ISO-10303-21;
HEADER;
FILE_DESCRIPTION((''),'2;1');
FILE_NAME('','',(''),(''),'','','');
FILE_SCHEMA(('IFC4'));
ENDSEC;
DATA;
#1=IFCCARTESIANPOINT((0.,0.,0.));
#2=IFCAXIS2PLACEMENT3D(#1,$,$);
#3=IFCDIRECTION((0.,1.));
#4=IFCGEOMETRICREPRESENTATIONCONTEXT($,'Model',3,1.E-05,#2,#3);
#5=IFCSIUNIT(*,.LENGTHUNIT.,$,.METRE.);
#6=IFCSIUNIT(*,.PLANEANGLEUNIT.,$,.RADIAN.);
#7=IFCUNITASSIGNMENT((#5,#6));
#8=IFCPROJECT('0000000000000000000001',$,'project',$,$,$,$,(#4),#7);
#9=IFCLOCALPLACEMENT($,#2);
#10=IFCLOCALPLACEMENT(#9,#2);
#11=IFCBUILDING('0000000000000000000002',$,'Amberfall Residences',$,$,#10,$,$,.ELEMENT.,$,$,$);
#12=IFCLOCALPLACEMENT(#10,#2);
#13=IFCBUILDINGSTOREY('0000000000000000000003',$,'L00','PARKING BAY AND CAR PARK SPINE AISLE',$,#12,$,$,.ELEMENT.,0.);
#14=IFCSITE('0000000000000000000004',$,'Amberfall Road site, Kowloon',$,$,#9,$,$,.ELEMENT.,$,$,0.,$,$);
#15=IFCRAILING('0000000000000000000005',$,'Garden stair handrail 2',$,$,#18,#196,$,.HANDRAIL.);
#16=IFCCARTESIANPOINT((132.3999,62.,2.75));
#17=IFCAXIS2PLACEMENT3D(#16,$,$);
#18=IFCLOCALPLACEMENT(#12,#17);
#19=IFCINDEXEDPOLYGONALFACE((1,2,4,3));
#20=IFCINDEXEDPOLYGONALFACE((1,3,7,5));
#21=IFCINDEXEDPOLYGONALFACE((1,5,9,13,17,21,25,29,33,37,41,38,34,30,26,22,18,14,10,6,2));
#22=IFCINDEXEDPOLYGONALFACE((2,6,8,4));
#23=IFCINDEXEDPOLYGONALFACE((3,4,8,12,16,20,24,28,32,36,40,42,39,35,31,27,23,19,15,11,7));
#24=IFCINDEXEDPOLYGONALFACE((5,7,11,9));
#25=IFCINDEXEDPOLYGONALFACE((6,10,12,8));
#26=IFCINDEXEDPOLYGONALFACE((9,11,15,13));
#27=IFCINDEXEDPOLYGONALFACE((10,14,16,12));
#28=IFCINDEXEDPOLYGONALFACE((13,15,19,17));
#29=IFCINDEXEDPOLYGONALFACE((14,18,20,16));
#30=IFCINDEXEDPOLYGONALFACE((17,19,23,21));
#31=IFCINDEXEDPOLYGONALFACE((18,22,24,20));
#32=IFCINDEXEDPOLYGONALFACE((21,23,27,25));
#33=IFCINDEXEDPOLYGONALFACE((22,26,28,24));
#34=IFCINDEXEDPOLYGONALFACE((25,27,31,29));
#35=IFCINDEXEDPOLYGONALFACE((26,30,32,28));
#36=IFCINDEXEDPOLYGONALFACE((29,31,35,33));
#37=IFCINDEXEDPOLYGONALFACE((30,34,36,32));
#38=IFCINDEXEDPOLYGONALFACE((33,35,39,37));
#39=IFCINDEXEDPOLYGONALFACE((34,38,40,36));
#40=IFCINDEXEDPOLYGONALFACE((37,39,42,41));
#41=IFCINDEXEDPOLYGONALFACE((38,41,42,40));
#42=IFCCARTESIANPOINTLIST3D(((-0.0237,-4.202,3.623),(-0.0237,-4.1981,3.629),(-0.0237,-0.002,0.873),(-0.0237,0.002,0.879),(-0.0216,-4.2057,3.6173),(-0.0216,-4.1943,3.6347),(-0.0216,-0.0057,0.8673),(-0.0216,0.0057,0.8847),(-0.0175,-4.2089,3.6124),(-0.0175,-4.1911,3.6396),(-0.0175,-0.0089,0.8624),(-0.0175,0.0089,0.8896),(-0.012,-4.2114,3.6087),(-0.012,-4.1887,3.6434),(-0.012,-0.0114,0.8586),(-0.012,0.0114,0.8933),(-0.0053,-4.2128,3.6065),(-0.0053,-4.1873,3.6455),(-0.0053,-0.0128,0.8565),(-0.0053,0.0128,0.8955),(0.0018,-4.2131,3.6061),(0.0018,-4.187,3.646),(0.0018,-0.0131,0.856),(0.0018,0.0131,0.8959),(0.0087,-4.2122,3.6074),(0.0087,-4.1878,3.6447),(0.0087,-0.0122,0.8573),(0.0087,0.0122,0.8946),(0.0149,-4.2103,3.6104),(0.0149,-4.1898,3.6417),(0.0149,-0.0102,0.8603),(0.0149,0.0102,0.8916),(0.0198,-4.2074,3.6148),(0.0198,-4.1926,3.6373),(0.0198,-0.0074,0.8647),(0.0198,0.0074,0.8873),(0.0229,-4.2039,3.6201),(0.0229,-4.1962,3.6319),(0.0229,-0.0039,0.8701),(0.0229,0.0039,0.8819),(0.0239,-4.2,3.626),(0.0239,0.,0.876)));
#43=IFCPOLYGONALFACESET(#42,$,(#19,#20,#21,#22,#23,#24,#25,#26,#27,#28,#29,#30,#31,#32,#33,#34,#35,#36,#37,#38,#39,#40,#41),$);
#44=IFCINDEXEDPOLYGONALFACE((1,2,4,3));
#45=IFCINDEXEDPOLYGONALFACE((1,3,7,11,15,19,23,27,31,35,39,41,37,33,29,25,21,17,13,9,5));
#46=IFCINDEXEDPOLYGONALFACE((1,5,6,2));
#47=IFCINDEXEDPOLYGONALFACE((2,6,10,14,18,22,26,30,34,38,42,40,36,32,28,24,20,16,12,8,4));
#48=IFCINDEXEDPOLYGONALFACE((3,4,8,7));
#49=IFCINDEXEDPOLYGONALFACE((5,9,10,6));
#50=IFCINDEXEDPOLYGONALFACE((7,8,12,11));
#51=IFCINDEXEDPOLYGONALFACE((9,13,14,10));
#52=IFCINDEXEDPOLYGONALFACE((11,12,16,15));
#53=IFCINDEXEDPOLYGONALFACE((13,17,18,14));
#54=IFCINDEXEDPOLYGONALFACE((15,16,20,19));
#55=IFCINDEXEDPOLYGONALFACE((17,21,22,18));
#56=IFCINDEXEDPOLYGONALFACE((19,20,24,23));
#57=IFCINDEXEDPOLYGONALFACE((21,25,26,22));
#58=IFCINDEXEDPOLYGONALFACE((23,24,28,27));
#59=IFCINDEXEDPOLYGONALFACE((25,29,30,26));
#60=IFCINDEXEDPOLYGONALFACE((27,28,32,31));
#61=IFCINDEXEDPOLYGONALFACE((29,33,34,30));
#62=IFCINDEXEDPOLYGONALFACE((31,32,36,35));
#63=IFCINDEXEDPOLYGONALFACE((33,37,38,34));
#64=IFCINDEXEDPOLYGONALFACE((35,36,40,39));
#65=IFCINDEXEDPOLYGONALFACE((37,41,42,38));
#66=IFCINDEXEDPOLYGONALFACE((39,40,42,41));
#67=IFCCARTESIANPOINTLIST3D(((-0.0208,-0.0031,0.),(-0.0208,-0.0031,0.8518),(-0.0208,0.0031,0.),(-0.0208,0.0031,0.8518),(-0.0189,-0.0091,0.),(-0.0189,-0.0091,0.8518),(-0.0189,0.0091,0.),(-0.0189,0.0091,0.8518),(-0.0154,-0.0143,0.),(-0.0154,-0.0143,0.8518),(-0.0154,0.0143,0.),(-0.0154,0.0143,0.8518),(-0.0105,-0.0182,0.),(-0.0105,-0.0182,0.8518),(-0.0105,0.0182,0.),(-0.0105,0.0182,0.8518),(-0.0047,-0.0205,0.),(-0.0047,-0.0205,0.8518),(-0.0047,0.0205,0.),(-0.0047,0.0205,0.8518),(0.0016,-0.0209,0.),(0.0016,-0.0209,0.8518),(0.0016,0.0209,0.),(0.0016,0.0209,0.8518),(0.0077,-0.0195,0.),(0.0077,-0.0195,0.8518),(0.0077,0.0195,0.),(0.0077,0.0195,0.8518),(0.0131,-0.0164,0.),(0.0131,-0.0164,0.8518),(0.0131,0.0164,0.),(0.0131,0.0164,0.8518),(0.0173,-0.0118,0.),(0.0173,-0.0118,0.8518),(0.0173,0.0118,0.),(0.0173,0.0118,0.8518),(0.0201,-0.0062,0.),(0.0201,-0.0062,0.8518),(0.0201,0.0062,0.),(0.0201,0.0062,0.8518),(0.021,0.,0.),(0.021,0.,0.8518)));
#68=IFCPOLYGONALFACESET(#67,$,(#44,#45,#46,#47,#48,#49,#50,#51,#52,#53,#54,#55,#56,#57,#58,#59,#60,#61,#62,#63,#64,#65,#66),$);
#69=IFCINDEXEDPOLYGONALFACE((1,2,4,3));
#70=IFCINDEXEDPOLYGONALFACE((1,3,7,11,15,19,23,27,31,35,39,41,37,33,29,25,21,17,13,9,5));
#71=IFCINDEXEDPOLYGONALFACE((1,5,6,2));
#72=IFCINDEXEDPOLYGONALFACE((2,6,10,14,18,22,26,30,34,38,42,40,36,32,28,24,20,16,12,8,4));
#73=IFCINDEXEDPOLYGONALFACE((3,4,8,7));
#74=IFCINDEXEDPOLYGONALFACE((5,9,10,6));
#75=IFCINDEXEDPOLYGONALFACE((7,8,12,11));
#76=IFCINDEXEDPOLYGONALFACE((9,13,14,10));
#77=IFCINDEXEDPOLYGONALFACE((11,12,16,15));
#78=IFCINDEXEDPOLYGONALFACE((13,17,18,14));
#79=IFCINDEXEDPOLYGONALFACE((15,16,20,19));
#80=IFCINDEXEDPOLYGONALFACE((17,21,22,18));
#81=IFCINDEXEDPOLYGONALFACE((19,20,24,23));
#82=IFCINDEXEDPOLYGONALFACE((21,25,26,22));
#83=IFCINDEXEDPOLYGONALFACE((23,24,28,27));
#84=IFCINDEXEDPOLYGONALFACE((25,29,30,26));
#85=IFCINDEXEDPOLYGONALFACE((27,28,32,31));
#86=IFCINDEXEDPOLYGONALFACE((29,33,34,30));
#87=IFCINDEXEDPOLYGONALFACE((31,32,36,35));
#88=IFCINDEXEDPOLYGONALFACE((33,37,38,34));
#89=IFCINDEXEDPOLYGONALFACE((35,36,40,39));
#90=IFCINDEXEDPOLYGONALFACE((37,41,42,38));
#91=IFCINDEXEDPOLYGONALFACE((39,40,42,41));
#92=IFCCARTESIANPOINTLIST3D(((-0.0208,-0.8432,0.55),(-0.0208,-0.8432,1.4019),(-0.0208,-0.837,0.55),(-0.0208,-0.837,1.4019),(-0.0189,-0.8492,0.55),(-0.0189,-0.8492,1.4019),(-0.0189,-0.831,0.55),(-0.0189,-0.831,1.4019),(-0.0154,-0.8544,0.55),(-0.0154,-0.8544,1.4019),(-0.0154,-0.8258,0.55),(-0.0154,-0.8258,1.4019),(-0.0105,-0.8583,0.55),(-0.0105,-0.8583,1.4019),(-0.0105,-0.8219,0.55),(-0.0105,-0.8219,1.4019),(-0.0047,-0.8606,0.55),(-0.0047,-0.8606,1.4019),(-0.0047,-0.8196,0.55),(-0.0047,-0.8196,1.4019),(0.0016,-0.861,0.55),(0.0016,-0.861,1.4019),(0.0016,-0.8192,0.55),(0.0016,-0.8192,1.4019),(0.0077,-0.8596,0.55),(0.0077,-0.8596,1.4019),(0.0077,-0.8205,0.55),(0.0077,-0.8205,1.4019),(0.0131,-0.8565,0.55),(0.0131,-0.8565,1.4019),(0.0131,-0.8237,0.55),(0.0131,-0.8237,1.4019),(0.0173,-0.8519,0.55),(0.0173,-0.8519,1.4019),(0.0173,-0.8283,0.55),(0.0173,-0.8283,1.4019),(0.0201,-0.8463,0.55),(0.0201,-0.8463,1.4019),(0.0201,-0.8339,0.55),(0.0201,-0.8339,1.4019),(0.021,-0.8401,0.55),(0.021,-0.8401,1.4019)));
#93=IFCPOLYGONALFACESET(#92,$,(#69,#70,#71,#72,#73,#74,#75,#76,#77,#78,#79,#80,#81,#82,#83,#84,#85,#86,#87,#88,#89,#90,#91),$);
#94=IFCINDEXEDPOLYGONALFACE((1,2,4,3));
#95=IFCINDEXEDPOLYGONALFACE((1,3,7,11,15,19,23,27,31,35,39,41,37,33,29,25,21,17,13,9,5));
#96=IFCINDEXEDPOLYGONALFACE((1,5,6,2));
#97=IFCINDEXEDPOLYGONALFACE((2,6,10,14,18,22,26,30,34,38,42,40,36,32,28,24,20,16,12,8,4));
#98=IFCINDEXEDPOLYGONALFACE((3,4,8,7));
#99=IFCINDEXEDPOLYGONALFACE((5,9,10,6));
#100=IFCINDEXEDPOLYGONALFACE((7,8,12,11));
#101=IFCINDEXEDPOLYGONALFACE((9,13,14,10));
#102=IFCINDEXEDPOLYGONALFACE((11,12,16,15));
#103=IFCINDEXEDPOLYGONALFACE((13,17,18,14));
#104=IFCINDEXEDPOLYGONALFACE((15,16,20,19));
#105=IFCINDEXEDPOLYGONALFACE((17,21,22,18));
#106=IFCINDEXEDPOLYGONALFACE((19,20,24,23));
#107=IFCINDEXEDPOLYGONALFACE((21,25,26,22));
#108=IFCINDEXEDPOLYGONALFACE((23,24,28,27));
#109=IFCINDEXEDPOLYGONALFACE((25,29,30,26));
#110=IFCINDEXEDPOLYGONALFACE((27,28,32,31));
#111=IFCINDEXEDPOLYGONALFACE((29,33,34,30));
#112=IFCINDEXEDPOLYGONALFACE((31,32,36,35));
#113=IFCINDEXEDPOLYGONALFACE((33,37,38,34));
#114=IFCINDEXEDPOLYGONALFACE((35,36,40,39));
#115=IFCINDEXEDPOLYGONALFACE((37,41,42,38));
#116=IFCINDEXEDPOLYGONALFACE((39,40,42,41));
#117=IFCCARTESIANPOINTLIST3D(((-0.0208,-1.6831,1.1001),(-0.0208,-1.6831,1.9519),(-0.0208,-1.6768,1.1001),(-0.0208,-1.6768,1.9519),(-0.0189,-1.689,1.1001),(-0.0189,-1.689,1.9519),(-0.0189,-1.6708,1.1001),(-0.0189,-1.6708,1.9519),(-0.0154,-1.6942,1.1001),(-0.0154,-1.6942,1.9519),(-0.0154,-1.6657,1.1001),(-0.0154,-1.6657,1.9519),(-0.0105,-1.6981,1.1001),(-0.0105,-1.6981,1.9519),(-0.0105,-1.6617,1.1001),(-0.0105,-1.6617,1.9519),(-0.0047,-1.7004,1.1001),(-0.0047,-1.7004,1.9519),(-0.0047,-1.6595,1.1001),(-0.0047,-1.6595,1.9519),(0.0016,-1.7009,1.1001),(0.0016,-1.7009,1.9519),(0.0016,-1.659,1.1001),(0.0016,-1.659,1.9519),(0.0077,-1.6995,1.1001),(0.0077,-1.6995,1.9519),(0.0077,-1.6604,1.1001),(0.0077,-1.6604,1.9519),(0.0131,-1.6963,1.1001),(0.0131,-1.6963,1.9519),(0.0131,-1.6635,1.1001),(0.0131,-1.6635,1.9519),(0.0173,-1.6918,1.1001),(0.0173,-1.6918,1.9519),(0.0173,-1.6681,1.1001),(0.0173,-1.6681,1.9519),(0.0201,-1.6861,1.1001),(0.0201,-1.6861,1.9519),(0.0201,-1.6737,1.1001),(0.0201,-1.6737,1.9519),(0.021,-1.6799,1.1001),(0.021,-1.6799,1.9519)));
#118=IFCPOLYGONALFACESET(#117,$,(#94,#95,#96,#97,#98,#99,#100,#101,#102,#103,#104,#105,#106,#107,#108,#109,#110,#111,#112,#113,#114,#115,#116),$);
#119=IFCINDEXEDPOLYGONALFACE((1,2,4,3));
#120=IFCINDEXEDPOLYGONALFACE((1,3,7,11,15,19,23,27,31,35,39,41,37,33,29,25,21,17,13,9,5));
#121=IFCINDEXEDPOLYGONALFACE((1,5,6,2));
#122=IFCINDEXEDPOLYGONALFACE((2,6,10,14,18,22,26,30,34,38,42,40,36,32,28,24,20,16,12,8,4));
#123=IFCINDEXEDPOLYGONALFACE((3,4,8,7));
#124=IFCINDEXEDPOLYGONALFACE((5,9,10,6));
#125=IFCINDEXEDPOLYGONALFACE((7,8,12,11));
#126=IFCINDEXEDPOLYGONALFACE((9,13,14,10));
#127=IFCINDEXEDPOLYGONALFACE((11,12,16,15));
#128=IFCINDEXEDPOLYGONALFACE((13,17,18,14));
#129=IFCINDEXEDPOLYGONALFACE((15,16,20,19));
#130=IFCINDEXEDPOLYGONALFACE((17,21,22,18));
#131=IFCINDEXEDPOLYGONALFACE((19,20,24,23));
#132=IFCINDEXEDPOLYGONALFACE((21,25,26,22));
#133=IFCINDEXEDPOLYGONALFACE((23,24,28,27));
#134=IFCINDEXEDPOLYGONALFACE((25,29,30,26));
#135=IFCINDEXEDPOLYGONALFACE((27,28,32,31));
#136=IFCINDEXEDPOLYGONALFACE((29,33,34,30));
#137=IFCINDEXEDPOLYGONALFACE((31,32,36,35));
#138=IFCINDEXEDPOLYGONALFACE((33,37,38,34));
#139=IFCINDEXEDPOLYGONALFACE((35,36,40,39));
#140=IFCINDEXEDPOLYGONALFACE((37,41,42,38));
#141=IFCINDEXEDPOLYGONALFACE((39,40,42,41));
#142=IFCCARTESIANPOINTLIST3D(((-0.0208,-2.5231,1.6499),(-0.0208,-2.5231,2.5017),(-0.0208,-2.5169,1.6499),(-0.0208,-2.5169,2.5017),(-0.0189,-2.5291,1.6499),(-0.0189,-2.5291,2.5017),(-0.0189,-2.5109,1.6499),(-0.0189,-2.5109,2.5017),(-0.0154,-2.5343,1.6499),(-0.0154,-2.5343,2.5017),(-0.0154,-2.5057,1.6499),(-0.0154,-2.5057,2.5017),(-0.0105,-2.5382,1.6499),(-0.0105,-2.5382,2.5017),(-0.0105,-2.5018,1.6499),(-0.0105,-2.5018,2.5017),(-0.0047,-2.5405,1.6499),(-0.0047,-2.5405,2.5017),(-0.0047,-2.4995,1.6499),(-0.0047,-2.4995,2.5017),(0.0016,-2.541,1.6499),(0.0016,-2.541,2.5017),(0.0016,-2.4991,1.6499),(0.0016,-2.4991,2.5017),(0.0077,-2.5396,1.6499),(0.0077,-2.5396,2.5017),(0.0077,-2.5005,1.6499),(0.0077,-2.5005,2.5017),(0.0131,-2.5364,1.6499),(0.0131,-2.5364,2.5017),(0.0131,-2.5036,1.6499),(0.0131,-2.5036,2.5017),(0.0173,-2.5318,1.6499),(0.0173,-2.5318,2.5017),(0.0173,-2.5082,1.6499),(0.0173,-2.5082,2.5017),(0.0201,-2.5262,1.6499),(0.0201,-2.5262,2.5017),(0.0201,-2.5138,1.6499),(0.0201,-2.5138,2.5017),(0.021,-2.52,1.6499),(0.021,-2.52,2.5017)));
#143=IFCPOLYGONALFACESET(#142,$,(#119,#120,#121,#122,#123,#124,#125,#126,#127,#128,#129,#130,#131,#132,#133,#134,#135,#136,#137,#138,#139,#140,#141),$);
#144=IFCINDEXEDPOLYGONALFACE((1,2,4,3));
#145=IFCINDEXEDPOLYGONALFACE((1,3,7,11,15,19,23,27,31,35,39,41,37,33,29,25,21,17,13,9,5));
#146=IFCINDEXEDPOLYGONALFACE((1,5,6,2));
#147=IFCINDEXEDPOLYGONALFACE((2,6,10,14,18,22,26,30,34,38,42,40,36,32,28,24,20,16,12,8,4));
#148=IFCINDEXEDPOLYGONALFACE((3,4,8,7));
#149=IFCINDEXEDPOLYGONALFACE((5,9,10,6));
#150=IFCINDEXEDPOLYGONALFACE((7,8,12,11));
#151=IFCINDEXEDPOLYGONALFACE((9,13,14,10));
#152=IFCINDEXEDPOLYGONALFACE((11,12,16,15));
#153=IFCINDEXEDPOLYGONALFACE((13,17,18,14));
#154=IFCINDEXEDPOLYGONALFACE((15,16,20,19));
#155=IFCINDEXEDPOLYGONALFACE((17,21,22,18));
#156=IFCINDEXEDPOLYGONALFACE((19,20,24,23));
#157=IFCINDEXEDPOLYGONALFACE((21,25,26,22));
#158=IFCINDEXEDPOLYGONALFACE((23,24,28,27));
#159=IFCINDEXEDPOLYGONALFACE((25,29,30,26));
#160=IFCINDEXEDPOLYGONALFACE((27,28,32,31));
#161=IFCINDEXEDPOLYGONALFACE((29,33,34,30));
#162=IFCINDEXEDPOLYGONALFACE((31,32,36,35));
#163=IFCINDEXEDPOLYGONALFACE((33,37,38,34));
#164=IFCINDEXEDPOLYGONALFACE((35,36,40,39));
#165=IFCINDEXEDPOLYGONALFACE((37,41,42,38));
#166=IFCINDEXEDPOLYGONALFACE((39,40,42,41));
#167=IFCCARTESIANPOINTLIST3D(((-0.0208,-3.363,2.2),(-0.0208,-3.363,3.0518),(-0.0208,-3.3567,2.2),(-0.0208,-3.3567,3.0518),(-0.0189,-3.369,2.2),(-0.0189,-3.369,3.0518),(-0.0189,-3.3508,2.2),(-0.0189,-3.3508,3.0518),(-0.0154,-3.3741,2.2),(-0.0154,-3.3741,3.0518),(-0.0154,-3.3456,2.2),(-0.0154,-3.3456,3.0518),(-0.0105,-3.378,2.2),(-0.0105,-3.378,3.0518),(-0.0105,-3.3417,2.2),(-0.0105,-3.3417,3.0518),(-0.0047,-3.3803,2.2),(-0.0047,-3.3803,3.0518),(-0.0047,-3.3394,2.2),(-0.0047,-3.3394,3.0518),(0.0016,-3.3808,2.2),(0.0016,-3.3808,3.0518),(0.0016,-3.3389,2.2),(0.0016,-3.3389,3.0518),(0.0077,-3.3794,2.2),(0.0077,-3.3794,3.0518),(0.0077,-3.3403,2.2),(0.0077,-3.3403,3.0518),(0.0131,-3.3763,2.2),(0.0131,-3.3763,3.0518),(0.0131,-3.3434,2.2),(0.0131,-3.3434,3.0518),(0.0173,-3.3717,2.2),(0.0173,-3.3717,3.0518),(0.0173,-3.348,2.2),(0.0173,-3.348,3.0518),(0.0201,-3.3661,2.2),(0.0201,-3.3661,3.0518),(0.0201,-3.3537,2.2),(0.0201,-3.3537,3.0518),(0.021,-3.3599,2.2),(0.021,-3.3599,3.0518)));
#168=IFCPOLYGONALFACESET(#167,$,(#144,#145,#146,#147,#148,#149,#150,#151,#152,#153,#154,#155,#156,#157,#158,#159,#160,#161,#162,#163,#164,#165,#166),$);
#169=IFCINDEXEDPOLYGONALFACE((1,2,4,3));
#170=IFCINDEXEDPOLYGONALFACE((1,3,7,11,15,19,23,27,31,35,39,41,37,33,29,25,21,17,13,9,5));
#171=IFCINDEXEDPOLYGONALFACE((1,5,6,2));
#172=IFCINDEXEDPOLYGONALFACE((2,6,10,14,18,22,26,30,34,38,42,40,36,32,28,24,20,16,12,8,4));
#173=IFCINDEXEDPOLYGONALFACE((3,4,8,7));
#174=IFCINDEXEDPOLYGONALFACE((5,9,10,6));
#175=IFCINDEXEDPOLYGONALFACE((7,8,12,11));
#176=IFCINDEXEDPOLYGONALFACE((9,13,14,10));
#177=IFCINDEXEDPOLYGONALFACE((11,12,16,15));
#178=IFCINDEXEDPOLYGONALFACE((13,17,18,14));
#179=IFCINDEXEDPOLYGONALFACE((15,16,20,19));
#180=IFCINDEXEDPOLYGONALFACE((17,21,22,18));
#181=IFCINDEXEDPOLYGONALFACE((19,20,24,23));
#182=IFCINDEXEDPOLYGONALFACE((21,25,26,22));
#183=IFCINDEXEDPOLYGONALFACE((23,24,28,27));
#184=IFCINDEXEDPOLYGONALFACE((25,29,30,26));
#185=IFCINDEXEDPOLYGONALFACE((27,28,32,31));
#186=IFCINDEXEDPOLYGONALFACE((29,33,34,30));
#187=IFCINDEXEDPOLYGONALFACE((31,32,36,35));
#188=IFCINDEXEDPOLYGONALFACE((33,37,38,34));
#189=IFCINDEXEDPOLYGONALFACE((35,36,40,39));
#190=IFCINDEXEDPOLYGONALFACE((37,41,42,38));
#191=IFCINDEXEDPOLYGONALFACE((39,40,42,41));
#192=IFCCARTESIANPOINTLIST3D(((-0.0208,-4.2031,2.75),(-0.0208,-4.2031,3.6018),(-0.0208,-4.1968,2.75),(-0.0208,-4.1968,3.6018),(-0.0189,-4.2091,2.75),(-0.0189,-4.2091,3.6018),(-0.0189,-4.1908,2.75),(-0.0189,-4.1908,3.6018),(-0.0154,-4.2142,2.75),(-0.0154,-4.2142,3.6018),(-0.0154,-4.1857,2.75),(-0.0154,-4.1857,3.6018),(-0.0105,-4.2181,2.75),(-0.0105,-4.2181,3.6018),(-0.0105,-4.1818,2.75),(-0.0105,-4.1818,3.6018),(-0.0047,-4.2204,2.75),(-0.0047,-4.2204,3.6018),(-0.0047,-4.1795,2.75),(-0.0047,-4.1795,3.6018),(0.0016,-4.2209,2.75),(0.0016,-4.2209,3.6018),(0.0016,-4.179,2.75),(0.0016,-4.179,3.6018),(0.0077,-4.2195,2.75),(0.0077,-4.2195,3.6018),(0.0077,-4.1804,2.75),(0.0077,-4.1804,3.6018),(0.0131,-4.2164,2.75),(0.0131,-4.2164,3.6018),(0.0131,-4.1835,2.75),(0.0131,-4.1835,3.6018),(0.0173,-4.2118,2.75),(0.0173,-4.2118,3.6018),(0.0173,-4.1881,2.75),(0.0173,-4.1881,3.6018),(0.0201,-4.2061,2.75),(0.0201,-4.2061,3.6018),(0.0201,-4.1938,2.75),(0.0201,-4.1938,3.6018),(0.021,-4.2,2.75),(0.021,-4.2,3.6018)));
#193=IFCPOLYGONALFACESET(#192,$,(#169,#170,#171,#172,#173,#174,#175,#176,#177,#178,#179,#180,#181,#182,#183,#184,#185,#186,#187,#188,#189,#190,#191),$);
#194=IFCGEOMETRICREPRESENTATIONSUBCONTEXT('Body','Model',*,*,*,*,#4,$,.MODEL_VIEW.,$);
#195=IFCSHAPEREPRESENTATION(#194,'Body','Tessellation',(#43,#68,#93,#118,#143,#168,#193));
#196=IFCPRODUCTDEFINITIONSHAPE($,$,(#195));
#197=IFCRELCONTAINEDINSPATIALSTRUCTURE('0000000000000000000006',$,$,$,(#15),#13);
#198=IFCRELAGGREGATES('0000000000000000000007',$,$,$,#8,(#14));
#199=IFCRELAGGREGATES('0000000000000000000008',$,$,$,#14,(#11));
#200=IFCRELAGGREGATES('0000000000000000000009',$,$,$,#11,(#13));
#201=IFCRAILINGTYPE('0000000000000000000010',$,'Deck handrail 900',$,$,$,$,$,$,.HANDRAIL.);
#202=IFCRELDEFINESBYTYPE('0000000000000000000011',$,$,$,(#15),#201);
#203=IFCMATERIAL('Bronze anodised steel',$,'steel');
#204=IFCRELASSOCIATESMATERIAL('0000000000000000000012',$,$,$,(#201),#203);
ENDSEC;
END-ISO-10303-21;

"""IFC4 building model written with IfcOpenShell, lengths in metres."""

from ifc_helpers import new_model, si_unit, direction, frame, origin, origin_2d, place, context, subcontext, project, spatial, circle, extrude, material, type_object, element, save


model = new_model("IFC4")

# Units and contexts
model_context = context("Model", 3, precision=1e-05, world=origin(), true_north=direction((0.0, 1.0)))
body_context = subcontext(model_context, "Body", "Model", "MODEL_VIEW")
ifc_project = project(units=[si_unit("LENGTHUNIT", "METRE"), si_unit("PLANEANGLEUNIT", "RADIAN")], contexts=[model_context])

# Site, building, storey
site_placement = place(None, origin())
site = spatial("IfcSite", under=ifc_project, at=site_placement, Name="Amberfall Road site, Kowloon", CompositionType="ELEMENT", RefElevation=0.0)
building_placement = place(site_placement, origin())
building = spatial("IfcBuilding", under=site, at=building_placement, Name="Amberfall Residences", CompositionType="ELEMENT")
storey_placement = place(building_placement, origin())
storey = spatial("IfcBuildingStorey", under=building, at=storey_placement, Name="L00", Description="PARKING BAY AND CAR PARK SPINE AISLE", CompositionType="ELEMENT", Elevation=0.0)

# Railing
ifc_material_1 = material(Name="Bronze anodised steel", Category="steel")
railing_type_1 = type_object("IfcRailingType", Name="Deck handrail 900", PredefinedType="HANDRAIL", material=ifc_material_1)
railing_1_placement = place(storey_placement, frame((132.3999, 62.0, 2.75)))
element("IfcRailing", 1, at=railing_1_placement, inside=storey, type_object=railing_type_1, Name="Garden stair handrail 2", PredefinedType="HANDRAIL", context=body_context, shape_type="SweptSolid", body=[
    extrude(circle(Radius=0.0239, at=origin_2d()), frame((0.0, 0.0, 0.876), z_axis=(0.0, -0.836616, 0.54779), x_axis=(1.0, 0.0, 0.0)), (0.0, 0.0, 1.0), 5.0203),
    extrude(circle(Radius=0.021, at=origin_2d()), origin(), (0.0, 0.0, 1.0), 0.8518),
    extrude(circle(Radius=0.021, at=origin_2d()), frame((0.0, -0.8401, 0.55)), (0.0, 0.0, 1.0), 0.8518),
    extrude(circle(Radius=0.021, at=origin_2d()), frame((0.0, -1.6799, 1.1001)), (0.0, 0.0, 1.0), 0.8518),
    extrude(circle(Radius=0.021, at=origin_2d()), frame((0.0, -2.52, 1.6499)), (0.0, 0.0, 1.0), 0.8518),
    extrude(circle(Radius=0.021, at=origin_2d()), frame((0.0, -3.3599, 2.2)), (0.0, 0.0, 1.0), 0.8518),
    extrude(circle(Radius=0.021, at=origin_2d()), frame((0.0, -4.2, 2.75)), (0.0, 0.0, 1.0), 0.8518),
])

save(model, "model.ifc")
